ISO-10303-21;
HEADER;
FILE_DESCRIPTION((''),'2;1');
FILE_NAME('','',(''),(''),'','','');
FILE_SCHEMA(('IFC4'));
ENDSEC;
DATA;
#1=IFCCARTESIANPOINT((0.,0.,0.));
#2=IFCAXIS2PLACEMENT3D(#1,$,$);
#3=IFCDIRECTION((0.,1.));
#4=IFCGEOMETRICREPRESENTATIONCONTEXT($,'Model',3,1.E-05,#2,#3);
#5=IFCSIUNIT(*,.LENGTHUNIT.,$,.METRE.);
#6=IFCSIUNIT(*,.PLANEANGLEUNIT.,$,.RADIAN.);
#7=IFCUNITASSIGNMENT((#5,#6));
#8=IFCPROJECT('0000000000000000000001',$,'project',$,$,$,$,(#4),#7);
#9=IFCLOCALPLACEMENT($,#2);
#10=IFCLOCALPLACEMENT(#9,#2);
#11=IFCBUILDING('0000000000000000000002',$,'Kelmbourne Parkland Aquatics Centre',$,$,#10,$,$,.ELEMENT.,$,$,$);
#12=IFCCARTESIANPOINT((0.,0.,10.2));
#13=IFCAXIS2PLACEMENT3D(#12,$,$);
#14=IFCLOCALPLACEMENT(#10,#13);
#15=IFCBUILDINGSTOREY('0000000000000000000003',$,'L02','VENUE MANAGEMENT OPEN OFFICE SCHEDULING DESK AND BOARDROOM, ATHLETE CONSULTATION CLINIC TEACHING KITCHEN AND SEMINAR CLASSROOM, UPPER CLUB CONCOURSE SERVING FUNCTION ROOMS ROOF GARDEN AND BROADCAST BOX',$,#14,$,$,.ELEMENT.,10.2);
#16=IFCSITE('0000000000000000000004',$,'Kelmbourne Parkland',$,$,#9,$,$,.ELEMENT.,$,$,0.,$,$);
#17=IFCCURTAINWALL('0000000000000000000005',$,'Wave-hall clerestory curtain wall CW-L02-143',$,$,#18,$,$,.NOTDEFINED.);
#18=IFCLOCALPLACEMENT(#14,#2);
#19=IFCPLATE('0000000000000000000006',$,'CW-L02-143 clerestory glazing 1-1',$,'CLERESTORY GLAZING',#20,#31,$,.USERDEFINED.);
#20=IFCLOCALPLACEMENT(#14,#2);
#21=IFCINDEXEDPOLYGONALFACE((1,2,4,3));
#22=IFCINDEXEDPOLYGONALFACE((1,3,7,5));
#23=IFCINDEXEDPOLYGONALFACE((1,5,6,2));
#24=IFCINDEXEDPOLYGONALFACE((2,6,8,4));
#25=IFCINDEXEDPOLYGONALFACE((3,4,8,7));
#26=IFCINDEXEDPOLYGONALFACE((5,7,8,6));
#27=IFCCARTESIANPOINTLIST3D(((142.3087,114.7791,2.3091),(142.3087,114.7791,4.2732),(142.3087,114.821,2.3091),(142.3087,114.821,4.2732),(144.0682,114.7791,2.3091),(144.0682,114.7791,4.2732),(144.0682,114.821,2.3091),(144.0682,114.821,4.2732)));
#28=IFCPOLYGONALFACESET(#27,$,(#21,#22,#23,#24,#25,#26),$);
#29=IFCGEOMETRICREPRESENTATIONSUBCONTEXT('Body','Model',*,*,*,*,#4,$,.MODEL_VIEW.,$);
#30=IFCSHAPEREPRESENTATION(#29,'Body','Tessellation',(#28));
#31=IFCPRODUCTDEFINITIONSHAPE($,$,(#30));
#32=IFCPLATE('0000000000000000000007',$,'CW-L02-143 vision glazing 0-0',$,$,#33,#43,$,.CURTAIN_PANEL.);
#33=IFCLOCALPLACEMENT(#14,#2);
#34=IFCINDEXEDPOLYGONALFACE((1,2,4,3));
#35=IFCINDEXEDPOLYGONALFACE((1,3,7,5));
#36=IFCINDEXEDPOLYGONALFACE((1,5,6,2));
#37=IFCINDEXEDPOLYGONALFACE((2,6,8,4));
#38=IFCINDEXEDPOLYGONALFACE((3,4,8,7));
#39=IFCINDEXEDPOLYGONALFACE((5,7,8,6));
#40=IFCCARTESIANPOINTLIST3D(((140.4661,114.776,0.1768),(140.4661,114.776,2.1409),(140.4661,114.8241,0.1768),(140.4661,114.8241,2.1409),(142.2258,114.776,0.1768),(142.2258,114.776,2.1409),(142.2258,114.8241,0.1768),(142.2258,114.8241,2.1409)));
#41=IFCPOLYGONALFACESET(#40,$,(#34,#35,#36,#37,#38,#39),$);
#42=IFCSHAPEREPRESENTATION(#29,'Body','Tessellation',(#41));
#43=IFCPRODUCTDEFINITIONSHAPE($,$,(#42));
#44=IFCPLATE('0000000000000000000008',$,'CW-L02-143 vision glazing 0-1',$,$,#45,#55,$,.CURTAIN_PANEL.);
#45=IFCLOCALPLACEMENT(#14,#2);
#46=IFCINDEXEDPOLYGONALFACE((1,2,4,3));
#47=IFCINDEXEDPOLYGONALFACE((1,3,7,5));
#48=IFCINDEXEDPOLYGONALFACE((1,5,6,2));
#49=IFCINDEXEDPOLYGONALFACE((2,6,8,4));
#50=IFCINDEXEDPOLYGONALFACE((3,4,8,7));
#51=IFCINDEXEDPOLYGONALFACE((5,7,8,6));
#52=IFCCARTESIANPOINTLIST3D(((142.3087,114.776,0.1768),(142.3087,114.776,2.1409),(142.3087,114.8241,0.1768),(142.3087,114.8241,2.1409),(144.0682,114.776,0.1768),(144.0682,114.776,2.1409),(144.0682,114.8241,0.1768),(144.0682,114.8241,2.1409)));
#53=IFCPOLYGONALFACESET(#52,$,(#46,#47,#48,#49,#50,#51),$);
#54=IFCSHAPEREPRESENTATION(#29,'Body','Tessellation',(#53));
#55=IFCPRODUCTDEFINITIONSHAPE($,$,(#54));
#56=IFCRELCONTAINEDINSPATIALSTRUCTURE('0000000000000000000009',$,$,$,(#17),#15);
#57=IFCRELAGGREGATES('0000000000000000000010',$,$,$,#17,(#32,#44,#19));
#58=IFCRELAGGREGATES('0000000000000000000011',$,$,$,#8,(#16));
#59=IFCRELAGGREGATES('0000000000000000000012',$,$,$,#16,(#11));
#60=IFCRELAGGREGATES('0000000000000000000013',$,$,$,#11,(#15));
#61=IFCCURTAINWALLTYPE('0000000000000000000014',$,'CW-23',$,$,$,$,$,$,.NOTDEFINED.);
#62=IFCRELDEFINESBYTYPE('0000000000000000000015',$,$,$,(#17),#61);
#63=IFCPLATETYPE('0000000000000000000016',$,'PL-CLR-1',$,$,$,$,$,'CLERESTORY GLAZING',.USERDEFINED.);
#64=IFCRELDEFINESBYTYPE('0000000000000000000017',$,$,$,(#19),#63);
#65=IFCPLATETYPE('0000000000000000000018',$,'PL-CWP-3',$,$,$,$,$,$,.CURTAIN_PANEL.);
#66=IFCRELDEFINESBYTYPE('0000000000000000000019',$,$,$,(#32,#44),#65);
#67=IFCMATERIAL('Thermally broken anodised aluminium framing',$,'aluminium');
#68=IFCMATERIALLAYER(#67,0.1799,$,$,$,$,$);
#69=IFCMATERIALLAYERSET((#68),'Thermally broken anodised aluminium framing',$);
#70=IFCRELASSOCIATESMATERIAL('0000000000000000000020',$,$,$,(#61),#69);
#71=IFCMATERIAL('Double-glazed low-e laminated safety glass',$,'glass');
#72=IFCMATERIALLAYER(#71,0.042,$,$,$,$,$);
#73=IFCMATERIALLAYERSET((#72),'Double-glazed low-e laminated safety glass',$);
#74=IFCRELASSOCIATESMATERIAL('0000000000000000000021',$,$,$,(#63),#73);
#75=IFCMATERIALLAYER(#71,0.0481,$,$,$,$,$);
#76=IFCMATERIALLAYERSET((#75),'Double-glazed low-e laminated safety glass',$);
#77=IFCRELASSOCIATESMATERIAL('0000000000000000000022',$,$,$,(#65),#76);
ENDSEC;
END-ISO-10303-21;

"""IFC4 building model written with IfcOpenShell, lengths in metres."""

from ifc_helpers import new_model, si_unit, direction, frame, origin, origin_2d, place, context, subcontext, project, spatial, rectangle, extrude, material, layer, layer_set, type_object, element, aggregate, save


model = new_model("IFC4")

# Units and contexts
model_context = context("Model", 3, precision=1e-05, world=origin(), true_north=direction((0.0, 1.0)))
body_context = subcontext(model_context, "Body", "Model", "MODEL_VIEW")
ifc_project = project(units=[si_unit("LENGTHUNIT", "METRE"), si_unit("PLANEANGLEUNIT", "RADIAN")], contexts=[model_context])

# Site, building, storey
site_placement = place(None, origin())
site = spatial("IfcSite", under=ifc_project, at=site_placement, Name="Kelmbourne Parkland", CompositionType="ELEMENT", RefElevation=0.0)
building_placement = place(site_placement, origin())
building = spatial("IfcBuilding", under=site, at=building_placement, Name="Kelmbourne Parkland Aquatics Centre", CompositionType="ELEMENT")
storey_placement = place(building_placement, frame((0.0, 0.0, 10.2)))
storey = spatial("IfcBuildingStorey", under=building, at=storey_placement, Name="L02", Description="VENUE MANAGEMENT OPEN OFFICE SCHEDULING DESK AND BOARDROOM, ATHLETE CONSULTATION CLINIC TEACHING KITCHEN AND SEMINAR CLASSROOM, UPPER CLUB CONCOURSE SERVING FUNCTION ROOMS ROOF GARDEN AND BROADCAST BOX", CompositionType="ELEMENT", Elevation=10.2)

# Curtain wall, plates
ifc_material_1 = material(Name="Thermally broken anodised aluminium framing", Category="aluminium")
ifc_layer_1 = layer(ifc_material_1, 0.1799)
ifc_layer_set_1 = layer_set([ifc_layer_1], Name="Thermally broken anodised aluminium framing")
curtain_wall_type = type_object("IfcCurtainWallType", Name="CW-23", PredefinedType="NOTDEFINED", material=ifc_layer_set_1)
curtain_wall_placement = place(storey_placement, origin())
curtain_wall = element("IfcCurtainWall", 1, at=curtain_wall_placement, inside=storey, type_object=curtain_wall_type, Name="Wave-hall clerestory curtain wall CW-L02-143", PredefinedType="NOTDEFINED")
ifc_material_2 = material(Name="Double-glazed low-e laminated safety glass", Category="glass")
ifc_layer_2 = layer(ifc_material_2, 0.042)
ifc_layer_set_2 = layer_set([ifc_layer_2], Name="Double-glazed low-e laminated safety glass")
plate_type_1 = type_object("IfcPlateType", Name="PL-CLR-1", ElementType="CLERESTORY GLAZING", PredefinedType="USERDEFINED", material=ifc_layer_set_2)
plate_1_placement = place(storey_placement, frame((143.1885, 114.8, 2.3091), z_axis=(0.0, 0.0, 1.0), x_axis=(1.0, 0.0, 0.0)))
plate_1 = element("IfcPlate", 2, at=plate_1_placement, type_object=plate_type_1, Name="CW-L02-143 clerestory glazing 1-1", ObjectType="CLERESTORY GLAZING", PredefinedType="USERDEFINED", context=body_context, shape_type="SweptSolid", body=[
    extrude(rectangle(XDim=1.7595, YDim=0.042, at=origin_2d()), origin(), (0.0, 0.0, 1.0), 1.9641),
])
ifc_layer_3 = layer(ifc_material_2, 0.0481)
ifc_layer_set_3 = layer_set([ifc_layer_3], Name="Double-glazed low-e laminated safety glass")
plate_type_2 = type_object("IfcPlateType", Name="PL-CWP-3", PredefinedType="CURTAIN_PANEL", material=ifc_layer_set_3)
plate_2_placement = place(storey_placement, frame((141.3459, 114.8, 0.1768), z_axis=(0.0, 0.0, 1.0), x_axis=(1.0, 0.0, 0.0)))
plate_2 = element("IfcPlate", 3, at=plate_2_placement, type_object=plate_type_2, Name="CW-L02-143 vision glazing 0-0", PredefinedType="CURTAIN_PANEL", context=body_context, shape_type="SweptSolid", body=[
    extrude(rectangle(XDim=1.7598, YDim=0.0481, at=origin_2d()), origin(), (0.0, 0.0, 1.0), 1.9641),
])
plate_3_placement = place(storey_placement, frame((143.1885, 114.8, 0.1768), z_axis=(0.0, 0.0, 1.0), x_axis=(1.0, 0.0, 0.0)))
plate_3 = element("IfcPlate", 4, at=plate_3_placement, type_object=plate_type_2, Name="CW-L02-143 vision glazing 0-1", PredefinedType="CURTAIN_PANEL", context=body_context, shape_type="SweptSolid", body=[
    extrude(rectangle(XDim=1.7595, YDim=0.0481, at=origin_2d()), origin(), (0.0, 0.0, 1.0), 1.9641),
])
aggregate(curtain_wall, [plate_2, plate_3, plate_1])

save(model, "model.ifc")
